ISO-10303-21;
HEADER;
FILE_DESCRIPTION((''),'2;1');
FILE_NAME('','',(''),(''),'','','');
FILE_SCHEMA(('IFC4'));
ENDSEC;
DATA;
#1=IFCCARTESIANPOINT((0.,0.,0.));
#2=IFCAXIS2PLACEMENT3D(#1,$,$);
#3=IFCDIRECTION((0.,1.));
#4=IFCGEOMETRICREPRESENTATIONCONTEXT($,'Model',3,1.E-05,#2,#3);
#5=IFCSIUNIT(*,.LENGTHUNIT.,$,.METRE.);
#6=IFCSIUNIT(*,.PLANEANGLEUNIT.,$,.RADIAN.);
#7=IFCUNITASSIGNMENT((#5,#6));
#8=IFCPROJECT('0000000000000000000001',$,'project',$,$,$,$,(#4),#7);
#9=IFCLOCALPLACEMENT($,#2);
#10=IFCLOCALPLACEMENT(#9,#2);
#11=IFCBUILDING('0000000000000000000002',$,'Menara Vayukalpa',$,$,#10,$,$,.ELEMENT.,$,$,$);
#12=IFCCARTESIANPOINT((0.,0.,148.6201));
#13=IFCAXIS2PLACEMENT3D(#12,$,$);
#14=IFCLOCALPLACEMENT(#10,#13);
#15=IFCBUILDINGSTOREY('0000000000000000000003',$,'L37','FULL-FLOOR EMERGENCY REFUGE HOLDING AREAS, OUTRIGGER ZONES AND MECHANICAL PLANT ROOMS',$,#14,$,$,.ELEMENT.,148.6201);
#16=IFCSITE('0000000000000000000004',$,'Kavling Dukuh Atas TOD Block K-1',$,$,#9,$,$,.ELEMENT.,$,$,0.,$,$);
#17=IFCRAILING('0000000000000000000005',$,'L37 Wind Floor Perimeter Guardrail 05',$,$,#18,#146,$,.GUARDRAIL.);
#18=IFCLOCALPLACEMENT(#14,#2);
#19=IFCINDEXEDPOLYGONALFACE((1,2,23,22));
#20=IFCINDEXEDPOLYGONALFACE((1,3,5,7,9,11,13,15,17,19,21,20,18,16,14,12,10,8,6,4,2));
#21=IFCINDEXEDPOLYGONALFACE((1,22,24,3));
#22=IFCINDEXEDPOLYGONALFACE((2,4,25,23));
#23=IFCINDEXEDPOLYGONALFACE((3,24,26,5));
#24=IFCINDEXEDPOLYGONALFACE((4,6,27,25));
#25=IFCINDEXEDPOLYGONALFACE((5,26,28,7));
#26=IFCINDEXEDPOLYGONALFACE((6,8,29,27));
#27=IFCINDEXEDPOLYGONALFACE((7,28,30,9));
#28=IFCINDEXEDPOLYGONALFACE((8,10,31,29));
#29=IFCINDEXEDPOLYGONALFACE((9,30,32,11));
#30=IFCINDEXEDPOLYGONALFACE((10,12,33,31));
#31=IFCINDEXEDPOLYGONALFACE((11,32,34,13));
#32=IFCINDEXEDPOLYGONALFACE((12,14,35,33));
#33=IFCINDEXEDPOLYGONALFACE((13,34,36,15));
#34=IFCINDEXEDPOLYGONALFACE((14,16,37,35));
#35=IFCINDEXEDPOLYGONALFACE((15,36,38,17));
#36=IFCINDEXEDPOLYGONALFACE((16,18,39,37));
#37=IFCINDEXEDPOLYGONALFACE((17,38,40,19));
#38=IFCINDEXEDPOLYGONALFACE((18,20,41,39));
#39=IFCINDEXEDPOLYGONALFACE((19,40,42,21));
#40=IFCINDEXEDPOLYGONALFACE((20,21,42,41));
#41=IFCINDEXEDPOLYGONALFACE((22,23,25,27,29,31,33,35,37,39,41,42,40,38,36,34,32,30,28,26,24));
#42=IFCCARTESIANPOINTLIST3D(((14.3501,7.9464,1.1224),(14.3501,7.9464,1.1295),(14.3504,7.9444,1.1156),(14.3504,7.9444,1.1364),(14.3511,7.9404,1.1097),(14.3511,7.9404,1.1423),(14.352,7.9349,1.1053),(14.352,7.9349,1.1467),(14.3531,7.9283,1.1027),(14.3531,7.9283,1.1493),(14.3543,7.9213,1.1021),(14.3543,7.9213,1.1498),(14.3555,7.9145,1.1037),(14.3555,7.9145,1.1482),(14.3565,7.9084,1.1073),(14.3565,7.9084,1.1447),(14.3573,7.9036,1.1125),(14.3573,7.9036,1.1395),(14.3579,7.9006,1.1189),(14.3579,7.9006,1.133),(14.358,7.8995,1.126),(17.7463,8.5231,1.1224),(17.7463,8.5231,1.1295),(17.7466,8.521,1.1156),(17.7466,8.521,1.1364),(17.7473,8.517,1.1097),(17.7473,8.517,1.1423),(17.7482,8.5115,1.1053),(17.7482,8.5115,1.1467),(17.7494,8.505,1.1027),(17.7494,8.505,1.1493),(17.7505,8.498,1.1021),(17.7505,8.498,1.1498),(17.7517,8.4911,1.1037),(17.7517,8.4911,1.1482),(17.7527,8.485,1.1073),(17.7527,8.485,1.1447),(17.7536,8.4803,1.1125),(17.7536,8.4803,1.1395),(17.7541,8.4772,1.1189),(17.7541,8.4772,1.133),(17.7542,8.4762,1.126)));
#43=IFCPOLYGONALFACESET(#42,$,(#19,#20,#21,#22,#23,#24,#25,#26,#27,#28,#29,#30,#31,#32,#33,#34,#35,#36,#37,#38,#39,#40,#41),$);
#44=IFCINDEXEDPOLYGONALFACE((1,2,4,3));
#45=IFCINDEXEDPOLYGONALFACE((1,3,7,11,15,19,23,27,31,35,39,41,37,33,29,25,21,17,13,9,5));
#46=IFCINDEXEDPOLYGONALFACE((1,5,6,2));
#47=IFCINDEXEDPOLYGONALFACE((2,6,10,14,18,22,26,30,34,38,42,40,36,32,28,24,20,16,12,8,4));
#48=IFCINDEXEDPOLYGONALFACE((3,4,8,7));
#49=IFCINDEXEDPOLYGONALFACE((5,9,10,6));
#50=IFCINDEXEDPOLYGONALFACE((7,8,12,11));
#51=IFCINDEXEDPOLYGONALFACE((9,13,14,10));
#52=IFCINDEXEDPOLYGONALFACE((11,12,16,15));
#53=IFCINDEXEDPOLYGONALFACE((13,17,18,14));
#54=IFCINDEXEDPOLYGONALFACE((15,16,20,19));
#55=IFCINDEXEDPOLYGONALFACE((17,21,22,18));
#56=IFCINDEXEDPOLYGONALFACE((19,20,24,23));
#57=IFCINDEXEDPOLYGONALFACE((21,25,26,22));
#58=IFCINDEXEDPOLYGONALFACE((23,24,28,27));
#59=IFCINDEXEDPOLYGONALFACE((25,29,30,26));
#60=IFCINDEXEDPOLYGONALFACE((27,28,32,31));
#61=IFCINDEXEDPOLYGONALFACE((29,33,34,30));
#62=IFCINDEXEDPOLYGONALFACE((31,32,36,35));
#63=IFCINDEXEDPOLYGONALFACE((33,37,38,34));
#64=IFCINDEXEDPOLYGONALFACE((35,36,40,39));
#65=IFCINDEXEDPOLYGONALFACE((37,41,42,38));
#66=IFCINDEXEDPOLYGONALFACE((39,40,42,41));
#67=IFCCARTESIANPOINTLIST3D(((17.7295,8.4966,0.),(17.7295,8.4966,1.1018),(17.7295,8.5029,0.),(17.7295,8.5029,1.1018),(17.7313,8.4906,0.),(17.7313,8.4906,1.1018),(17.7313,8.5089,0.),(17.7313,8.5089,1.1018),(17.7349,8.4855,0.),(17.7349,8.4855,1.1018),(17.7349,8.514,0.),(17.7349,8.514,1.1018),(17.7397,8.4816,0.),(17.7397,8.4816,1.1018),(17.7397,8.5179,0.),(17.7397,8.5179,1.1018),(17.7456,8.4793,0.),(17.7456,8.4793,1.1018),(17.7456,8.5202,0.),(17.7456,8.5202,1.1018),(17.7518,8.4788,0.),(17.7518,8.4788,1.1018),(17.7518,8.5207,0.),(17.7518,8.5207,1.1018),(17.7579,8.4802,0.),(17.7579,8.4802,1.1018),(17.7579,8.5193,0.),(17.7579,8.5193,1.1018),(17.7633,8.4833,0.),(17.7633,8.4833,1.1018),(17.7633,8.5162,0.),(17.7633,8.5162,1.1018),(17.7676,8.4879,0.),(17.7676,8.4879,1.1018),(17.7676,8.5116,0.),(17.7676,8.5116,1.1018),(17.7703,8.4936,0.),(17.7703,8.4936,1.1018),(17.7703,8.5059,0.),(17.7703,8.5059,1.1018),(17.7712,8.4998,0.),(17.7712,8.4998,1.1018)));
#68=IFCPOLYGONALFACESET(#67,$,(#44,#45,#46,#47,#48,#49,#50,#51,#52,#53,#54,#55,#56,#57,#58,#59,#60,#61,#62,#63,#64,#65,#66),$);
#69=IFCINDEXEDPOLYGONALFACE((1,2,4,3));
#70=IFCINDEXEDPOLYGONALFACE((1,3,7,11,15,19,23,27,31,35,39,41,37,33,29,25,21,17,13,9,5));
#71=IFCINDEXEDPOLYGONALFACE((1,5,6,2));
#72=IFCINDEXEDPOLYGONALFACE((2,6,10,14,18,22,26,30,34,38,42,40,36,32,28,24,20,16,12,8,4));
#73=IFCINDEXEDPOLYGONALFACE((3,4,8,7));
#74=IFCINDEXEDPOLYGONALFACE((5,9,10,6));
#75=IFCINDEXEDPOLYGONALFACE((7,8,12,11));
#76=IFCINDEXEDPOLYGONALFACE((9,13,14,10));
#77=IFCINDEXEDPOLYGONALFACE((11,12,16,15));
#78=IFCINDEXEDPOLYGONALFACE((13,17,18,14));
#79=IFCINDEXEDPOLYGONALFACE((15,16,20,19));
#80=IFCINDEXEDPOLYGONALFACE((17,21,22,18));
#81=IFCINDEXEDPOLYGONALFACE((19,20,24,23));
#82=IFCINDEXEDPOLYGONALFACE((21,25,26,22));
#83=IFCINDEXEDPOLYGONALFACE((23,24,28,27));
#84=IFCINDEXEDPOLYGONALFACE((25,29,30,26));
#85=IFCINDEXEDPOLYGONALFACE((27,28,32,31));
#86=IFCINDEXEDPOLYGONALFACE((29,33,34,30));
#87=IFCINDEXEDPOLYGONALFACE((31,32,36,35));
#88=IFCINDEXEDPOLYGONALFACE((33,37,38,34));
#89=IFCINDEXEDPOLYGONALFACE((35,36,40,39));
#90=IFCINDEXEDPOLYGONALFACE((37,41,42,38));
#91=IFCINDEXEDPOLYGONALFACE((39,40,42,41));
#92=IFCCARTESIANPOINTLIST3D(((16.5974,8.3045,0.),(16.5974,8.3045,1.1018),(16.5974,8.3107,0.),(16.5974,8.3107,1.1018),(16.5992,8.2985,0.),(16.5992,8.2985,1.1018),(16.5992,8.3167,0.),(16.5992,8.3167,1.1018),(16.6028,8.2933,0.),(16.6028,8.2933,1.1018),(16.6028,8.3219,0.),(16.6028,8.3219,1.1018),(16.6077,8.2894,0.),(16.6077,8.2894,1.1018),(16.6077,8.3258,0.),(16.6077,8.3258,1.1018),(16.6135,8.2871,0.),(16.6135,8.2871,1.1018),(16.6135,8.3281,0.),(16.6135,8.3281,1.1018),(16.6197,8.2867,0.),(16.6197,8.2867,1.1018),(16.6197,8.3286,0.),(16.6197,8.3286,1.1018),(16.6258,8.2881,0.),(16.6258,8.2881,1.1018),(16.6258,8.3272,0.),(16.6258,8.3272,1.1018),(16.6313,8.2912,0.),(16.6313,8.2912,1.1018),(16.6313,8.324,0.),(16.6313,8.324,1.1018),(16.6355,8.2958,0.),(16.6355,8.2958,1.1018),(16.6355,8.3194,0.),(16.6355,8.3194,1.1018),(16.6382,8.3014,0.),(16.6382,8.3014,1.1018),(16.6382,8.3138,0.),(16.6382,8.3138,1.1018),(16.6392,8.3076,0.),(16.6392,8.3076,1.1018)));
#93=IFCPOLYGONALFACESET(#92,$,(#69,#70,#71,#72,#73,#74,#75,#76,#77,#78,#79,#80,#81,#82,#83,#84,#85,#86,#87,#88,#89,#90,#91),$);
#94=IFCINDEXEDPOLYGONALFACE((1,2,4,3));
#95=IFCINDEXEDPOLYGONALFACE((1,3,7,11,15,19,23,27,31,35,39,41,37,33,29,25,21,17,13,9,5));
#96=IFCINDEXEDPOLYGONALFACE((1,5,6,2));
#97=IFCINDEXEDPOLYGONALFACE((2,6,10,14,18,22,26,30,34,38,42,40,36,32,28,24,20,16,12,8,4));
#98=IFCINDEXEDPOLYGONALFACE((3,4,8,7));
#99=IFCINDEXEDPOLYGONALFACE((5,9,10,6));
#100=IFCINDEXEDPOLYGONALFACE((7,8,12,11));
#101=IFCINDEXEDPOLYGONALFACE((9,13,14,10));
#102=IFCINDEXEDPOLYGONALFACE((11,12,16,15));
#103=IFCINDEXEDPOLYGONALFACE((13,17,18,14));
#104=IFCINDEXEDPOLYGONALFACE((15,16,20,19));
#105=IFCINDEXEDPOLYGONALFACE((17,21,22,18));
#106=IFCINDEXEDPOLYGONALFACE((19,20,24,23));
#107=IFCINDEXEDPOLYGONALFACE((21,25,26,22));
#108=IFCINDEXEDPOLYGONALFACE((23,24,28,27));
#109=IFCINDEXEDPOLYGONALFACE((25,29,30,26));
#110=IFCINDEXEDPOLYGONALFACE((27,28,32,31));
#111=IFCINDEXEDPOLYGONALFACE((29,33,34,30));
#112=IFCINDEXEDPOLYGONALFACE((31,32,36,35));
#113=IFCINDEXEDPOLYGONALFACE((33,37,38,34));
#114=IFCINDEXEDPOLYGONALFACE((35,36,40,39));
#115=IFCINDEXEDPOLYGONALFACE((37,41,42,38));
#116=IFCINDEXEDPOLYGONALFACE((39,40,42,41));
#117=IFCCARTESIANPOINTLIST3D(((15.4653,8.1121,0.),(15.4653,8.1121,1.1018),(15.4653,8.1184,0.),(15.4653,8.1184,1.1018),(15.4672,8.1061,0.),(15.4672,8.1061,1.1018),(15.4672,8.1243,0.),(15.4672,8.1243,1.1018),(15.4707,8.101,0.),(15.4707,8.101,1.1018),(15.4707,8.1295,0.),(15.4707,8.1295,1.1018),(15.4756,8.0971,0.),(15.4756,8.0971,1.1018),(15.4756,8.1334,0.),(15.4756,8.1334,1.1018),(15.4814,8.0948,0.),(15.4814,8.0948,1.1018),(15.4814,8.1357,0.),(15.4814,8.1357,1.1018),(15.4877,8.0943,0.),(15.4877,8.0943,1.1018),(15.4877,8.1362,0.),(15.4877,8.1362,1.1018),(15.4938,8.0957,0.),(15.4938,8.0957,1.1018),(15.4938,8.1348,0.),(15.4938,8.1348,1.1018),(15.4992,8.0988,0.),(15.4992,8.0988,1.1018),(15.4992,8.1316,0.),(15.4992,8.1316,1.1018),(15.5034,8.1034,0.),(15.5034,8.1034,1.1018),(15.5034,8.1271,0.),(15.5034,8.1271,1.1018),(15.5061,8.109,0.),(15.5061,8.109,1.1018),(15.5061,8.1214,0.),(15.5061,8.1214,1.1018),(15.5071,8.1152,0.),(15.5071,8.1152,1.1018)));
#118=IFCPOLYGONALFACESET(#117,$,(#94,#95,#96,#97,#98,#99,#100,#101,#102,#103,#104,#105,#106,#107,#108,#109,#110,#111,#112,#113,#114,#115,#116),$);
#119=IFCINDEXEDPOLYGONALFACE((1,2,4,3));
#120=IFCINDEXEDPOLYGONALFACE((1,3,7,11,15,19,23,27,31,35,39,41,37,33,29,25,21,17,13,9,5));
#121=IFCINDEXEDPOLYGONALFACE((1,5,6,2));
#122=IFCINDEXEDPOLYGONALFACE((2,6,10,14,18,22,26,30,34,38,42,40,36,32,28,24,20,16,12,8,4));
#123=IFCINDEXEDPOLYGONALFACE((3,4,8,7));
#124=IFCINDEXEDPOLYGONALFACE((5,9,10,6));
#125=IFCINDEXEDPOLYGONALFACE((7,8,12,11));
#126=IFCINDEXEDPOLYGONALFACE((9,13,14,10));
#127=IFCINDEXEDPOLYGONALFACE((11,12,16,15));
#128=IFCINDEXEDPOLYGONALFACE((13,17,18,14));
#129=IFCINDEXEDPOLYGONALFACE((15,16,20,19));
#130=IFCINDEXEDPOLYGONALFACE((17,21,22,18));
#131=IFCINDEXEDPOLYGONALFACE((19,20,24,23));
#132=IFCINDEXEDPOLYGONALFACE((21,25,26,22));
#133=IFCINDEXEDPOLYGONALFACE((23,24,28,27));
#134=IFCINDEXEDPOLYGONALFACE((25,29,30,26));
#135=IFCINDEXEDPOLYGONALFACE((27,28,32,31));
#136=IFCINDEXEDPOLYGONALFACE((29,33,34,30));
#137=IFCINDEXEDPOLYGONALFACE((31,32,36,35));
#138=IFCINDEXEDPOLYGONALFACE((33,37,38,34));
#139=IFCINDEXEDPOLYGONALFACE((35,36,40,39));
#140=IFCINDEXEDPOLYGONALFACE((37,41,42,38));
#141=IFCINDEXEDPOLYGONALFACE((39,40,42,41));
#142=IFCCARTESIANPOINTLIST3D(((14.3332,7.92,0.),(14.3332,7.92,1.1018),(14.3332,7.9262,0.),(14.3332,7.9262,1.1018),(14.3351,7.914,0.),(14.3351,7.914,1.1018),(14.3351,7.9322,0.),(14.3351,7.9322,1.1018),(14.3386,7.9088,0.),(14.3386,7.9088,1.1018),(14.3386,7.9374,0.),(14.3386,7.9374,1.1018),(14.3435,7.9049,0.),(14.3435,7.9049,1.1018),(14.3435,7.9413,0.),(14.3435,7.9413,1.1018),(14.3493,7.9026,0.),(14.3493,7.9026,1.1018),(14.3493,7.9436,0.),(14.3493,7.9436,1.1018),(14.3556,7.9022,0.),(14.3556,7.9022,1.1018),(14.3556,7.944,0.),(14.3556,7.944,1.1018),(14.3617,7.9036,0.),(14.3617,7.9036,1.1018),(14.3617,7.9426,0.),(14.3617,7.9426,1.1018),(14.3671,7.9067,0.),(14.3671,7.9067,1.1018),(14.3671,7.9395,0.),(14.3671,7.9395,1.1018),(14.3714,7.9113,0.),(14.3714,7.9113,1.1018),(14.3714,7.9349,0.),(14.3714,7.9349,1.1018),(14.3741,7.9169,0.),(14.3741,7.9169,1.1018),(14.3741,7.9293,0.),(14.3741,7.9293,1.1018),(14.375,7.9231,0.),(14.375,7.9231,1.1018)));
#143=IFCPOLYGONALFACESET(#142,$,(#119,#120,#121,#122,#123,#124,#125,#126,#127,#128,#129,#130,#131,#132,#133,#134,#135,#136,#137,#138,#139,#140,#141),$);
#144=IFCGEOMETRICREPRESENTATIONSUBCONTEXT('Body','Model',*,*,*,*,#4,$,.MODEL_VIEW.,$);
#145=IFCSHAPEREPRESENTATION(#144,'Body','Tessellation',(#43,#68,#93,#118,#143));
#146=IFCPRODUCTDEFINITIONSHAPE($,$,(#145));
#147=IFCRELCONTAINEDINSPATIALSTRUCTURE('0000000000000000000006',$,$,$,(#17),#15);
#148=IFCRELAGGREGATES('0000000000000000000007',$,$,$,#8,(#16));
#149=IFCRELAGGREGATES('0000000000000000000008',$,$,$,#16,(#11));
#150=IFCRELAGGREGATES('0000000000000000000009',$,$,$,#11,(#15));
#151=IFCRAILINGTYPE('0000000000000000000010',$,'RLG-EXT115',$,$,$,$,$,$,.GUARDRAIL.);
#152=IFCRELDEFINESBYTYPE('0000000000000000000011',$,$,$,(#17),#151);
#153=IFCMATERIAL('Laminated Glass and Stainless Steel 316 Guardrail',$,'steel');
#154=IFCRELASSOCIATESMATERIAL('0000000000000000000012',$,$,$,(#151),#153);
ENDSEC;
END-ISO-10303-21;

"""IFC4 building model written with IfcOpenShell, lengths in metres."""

from ifc_helpers import new_model, si_unit, direction, frame, origin, origin_2d, place, context, subcontext, project, spatial, circle, extrude, material, type_object, element, save


model = new_model("IFC4")

# Units and contexts
model_context = context("Model", 3, precision=1e-05, world=origin(), true_north=direction((0.0, 1.0)))
body_context = subcontext(model_context, "Body", "Model", "MODEL_VIEW")
ifc_project = project(units=[si_unit("LENGTHUNIT", "METRE"), si_unit("PLANEANGLEUNIT", "RADIAN")], contexts=[model_context])

# Site, building, storey
site_placement = place(None, origin())
site = spatial("IfcSite", under=ifc_project, at=site_placement, Name="Kavling Dukuh Atas TOD Block K-1", CompositionType="ELEMENT", RefElevation=0.0)
building_placement = place(site_placement, origin())
building = spatial("IfcBuilding", under=site, at=building_placement, Name="Menara Vayukalpa", CompositionType="ELEMENT")
storey_placement = place(building_placement, frame((0.0, 0.0, 148.6201)))
storey = spatial("IfcBuildingStorey", under=building, at=storey_placement, Name="L37", Description="FULL-FLOOR EMERGENCY REFUGE HOLDING AREAS, OUTRIGGER ZONES AND MECHANICAL PLANT ROOMS", CompositionType="ELEMENT", Elevation=148.6201)

# Railing
ifc_material_1 = material(Name="Laminated Glass and Stainless Steel 316 Guardrail", Category="steel")
railing_type_1 = type_object("IfcRailingType", Name="RLG-EXT115", PredefinedType="GUARDRAIL", material=ifc_material_1)
railing_1_placement = place(storey_placement, frame((17.7502, 8.4998, 0.0)))
element("IfcRailing", 1, at=railing_1_placement, inside=storey, type_object=railing_type_1, Name="L37 Wind Floor Perimeter Guardrail 05", PredefinedType="GUARDRAIL", context=body_context, shape_type="SweptSolid", body=[
    extrude(circle(Radius=0.0239, at=origin_2d()), frame((0.0, 0.0, 1.126), z_axis=(-0.985889, -0.167398, 0.0), x_axis=(0.167398, -0.985889, 0.0)), (0.0, 0.0, 1.0), 3.4448),
    extrude(circle(Radius=0.021, at=origin_2d()), origin(), (0.0, 0.0, 1.0), 1.1018),
    extrude(circle(Radius=0.021, at=origin_2d()), frame((-1.1321, -0.1921, 0.0)), (0.0, 0.0, 1.0), 1.1018),
    extrude(circle(Radius=0.021, at=origin_2d()), frame((-2.2642, -0.3845, 0.0)), (0.0, 0.0, 1.0), 1.1018),
    extrude(circle(Radius=0.021, at=origin_2d()), frame((-3.3962, -0.5767, 0.0)), (0.0, 0.0, 1.0), 1.1018),
])

save(model, "model.ifc")
